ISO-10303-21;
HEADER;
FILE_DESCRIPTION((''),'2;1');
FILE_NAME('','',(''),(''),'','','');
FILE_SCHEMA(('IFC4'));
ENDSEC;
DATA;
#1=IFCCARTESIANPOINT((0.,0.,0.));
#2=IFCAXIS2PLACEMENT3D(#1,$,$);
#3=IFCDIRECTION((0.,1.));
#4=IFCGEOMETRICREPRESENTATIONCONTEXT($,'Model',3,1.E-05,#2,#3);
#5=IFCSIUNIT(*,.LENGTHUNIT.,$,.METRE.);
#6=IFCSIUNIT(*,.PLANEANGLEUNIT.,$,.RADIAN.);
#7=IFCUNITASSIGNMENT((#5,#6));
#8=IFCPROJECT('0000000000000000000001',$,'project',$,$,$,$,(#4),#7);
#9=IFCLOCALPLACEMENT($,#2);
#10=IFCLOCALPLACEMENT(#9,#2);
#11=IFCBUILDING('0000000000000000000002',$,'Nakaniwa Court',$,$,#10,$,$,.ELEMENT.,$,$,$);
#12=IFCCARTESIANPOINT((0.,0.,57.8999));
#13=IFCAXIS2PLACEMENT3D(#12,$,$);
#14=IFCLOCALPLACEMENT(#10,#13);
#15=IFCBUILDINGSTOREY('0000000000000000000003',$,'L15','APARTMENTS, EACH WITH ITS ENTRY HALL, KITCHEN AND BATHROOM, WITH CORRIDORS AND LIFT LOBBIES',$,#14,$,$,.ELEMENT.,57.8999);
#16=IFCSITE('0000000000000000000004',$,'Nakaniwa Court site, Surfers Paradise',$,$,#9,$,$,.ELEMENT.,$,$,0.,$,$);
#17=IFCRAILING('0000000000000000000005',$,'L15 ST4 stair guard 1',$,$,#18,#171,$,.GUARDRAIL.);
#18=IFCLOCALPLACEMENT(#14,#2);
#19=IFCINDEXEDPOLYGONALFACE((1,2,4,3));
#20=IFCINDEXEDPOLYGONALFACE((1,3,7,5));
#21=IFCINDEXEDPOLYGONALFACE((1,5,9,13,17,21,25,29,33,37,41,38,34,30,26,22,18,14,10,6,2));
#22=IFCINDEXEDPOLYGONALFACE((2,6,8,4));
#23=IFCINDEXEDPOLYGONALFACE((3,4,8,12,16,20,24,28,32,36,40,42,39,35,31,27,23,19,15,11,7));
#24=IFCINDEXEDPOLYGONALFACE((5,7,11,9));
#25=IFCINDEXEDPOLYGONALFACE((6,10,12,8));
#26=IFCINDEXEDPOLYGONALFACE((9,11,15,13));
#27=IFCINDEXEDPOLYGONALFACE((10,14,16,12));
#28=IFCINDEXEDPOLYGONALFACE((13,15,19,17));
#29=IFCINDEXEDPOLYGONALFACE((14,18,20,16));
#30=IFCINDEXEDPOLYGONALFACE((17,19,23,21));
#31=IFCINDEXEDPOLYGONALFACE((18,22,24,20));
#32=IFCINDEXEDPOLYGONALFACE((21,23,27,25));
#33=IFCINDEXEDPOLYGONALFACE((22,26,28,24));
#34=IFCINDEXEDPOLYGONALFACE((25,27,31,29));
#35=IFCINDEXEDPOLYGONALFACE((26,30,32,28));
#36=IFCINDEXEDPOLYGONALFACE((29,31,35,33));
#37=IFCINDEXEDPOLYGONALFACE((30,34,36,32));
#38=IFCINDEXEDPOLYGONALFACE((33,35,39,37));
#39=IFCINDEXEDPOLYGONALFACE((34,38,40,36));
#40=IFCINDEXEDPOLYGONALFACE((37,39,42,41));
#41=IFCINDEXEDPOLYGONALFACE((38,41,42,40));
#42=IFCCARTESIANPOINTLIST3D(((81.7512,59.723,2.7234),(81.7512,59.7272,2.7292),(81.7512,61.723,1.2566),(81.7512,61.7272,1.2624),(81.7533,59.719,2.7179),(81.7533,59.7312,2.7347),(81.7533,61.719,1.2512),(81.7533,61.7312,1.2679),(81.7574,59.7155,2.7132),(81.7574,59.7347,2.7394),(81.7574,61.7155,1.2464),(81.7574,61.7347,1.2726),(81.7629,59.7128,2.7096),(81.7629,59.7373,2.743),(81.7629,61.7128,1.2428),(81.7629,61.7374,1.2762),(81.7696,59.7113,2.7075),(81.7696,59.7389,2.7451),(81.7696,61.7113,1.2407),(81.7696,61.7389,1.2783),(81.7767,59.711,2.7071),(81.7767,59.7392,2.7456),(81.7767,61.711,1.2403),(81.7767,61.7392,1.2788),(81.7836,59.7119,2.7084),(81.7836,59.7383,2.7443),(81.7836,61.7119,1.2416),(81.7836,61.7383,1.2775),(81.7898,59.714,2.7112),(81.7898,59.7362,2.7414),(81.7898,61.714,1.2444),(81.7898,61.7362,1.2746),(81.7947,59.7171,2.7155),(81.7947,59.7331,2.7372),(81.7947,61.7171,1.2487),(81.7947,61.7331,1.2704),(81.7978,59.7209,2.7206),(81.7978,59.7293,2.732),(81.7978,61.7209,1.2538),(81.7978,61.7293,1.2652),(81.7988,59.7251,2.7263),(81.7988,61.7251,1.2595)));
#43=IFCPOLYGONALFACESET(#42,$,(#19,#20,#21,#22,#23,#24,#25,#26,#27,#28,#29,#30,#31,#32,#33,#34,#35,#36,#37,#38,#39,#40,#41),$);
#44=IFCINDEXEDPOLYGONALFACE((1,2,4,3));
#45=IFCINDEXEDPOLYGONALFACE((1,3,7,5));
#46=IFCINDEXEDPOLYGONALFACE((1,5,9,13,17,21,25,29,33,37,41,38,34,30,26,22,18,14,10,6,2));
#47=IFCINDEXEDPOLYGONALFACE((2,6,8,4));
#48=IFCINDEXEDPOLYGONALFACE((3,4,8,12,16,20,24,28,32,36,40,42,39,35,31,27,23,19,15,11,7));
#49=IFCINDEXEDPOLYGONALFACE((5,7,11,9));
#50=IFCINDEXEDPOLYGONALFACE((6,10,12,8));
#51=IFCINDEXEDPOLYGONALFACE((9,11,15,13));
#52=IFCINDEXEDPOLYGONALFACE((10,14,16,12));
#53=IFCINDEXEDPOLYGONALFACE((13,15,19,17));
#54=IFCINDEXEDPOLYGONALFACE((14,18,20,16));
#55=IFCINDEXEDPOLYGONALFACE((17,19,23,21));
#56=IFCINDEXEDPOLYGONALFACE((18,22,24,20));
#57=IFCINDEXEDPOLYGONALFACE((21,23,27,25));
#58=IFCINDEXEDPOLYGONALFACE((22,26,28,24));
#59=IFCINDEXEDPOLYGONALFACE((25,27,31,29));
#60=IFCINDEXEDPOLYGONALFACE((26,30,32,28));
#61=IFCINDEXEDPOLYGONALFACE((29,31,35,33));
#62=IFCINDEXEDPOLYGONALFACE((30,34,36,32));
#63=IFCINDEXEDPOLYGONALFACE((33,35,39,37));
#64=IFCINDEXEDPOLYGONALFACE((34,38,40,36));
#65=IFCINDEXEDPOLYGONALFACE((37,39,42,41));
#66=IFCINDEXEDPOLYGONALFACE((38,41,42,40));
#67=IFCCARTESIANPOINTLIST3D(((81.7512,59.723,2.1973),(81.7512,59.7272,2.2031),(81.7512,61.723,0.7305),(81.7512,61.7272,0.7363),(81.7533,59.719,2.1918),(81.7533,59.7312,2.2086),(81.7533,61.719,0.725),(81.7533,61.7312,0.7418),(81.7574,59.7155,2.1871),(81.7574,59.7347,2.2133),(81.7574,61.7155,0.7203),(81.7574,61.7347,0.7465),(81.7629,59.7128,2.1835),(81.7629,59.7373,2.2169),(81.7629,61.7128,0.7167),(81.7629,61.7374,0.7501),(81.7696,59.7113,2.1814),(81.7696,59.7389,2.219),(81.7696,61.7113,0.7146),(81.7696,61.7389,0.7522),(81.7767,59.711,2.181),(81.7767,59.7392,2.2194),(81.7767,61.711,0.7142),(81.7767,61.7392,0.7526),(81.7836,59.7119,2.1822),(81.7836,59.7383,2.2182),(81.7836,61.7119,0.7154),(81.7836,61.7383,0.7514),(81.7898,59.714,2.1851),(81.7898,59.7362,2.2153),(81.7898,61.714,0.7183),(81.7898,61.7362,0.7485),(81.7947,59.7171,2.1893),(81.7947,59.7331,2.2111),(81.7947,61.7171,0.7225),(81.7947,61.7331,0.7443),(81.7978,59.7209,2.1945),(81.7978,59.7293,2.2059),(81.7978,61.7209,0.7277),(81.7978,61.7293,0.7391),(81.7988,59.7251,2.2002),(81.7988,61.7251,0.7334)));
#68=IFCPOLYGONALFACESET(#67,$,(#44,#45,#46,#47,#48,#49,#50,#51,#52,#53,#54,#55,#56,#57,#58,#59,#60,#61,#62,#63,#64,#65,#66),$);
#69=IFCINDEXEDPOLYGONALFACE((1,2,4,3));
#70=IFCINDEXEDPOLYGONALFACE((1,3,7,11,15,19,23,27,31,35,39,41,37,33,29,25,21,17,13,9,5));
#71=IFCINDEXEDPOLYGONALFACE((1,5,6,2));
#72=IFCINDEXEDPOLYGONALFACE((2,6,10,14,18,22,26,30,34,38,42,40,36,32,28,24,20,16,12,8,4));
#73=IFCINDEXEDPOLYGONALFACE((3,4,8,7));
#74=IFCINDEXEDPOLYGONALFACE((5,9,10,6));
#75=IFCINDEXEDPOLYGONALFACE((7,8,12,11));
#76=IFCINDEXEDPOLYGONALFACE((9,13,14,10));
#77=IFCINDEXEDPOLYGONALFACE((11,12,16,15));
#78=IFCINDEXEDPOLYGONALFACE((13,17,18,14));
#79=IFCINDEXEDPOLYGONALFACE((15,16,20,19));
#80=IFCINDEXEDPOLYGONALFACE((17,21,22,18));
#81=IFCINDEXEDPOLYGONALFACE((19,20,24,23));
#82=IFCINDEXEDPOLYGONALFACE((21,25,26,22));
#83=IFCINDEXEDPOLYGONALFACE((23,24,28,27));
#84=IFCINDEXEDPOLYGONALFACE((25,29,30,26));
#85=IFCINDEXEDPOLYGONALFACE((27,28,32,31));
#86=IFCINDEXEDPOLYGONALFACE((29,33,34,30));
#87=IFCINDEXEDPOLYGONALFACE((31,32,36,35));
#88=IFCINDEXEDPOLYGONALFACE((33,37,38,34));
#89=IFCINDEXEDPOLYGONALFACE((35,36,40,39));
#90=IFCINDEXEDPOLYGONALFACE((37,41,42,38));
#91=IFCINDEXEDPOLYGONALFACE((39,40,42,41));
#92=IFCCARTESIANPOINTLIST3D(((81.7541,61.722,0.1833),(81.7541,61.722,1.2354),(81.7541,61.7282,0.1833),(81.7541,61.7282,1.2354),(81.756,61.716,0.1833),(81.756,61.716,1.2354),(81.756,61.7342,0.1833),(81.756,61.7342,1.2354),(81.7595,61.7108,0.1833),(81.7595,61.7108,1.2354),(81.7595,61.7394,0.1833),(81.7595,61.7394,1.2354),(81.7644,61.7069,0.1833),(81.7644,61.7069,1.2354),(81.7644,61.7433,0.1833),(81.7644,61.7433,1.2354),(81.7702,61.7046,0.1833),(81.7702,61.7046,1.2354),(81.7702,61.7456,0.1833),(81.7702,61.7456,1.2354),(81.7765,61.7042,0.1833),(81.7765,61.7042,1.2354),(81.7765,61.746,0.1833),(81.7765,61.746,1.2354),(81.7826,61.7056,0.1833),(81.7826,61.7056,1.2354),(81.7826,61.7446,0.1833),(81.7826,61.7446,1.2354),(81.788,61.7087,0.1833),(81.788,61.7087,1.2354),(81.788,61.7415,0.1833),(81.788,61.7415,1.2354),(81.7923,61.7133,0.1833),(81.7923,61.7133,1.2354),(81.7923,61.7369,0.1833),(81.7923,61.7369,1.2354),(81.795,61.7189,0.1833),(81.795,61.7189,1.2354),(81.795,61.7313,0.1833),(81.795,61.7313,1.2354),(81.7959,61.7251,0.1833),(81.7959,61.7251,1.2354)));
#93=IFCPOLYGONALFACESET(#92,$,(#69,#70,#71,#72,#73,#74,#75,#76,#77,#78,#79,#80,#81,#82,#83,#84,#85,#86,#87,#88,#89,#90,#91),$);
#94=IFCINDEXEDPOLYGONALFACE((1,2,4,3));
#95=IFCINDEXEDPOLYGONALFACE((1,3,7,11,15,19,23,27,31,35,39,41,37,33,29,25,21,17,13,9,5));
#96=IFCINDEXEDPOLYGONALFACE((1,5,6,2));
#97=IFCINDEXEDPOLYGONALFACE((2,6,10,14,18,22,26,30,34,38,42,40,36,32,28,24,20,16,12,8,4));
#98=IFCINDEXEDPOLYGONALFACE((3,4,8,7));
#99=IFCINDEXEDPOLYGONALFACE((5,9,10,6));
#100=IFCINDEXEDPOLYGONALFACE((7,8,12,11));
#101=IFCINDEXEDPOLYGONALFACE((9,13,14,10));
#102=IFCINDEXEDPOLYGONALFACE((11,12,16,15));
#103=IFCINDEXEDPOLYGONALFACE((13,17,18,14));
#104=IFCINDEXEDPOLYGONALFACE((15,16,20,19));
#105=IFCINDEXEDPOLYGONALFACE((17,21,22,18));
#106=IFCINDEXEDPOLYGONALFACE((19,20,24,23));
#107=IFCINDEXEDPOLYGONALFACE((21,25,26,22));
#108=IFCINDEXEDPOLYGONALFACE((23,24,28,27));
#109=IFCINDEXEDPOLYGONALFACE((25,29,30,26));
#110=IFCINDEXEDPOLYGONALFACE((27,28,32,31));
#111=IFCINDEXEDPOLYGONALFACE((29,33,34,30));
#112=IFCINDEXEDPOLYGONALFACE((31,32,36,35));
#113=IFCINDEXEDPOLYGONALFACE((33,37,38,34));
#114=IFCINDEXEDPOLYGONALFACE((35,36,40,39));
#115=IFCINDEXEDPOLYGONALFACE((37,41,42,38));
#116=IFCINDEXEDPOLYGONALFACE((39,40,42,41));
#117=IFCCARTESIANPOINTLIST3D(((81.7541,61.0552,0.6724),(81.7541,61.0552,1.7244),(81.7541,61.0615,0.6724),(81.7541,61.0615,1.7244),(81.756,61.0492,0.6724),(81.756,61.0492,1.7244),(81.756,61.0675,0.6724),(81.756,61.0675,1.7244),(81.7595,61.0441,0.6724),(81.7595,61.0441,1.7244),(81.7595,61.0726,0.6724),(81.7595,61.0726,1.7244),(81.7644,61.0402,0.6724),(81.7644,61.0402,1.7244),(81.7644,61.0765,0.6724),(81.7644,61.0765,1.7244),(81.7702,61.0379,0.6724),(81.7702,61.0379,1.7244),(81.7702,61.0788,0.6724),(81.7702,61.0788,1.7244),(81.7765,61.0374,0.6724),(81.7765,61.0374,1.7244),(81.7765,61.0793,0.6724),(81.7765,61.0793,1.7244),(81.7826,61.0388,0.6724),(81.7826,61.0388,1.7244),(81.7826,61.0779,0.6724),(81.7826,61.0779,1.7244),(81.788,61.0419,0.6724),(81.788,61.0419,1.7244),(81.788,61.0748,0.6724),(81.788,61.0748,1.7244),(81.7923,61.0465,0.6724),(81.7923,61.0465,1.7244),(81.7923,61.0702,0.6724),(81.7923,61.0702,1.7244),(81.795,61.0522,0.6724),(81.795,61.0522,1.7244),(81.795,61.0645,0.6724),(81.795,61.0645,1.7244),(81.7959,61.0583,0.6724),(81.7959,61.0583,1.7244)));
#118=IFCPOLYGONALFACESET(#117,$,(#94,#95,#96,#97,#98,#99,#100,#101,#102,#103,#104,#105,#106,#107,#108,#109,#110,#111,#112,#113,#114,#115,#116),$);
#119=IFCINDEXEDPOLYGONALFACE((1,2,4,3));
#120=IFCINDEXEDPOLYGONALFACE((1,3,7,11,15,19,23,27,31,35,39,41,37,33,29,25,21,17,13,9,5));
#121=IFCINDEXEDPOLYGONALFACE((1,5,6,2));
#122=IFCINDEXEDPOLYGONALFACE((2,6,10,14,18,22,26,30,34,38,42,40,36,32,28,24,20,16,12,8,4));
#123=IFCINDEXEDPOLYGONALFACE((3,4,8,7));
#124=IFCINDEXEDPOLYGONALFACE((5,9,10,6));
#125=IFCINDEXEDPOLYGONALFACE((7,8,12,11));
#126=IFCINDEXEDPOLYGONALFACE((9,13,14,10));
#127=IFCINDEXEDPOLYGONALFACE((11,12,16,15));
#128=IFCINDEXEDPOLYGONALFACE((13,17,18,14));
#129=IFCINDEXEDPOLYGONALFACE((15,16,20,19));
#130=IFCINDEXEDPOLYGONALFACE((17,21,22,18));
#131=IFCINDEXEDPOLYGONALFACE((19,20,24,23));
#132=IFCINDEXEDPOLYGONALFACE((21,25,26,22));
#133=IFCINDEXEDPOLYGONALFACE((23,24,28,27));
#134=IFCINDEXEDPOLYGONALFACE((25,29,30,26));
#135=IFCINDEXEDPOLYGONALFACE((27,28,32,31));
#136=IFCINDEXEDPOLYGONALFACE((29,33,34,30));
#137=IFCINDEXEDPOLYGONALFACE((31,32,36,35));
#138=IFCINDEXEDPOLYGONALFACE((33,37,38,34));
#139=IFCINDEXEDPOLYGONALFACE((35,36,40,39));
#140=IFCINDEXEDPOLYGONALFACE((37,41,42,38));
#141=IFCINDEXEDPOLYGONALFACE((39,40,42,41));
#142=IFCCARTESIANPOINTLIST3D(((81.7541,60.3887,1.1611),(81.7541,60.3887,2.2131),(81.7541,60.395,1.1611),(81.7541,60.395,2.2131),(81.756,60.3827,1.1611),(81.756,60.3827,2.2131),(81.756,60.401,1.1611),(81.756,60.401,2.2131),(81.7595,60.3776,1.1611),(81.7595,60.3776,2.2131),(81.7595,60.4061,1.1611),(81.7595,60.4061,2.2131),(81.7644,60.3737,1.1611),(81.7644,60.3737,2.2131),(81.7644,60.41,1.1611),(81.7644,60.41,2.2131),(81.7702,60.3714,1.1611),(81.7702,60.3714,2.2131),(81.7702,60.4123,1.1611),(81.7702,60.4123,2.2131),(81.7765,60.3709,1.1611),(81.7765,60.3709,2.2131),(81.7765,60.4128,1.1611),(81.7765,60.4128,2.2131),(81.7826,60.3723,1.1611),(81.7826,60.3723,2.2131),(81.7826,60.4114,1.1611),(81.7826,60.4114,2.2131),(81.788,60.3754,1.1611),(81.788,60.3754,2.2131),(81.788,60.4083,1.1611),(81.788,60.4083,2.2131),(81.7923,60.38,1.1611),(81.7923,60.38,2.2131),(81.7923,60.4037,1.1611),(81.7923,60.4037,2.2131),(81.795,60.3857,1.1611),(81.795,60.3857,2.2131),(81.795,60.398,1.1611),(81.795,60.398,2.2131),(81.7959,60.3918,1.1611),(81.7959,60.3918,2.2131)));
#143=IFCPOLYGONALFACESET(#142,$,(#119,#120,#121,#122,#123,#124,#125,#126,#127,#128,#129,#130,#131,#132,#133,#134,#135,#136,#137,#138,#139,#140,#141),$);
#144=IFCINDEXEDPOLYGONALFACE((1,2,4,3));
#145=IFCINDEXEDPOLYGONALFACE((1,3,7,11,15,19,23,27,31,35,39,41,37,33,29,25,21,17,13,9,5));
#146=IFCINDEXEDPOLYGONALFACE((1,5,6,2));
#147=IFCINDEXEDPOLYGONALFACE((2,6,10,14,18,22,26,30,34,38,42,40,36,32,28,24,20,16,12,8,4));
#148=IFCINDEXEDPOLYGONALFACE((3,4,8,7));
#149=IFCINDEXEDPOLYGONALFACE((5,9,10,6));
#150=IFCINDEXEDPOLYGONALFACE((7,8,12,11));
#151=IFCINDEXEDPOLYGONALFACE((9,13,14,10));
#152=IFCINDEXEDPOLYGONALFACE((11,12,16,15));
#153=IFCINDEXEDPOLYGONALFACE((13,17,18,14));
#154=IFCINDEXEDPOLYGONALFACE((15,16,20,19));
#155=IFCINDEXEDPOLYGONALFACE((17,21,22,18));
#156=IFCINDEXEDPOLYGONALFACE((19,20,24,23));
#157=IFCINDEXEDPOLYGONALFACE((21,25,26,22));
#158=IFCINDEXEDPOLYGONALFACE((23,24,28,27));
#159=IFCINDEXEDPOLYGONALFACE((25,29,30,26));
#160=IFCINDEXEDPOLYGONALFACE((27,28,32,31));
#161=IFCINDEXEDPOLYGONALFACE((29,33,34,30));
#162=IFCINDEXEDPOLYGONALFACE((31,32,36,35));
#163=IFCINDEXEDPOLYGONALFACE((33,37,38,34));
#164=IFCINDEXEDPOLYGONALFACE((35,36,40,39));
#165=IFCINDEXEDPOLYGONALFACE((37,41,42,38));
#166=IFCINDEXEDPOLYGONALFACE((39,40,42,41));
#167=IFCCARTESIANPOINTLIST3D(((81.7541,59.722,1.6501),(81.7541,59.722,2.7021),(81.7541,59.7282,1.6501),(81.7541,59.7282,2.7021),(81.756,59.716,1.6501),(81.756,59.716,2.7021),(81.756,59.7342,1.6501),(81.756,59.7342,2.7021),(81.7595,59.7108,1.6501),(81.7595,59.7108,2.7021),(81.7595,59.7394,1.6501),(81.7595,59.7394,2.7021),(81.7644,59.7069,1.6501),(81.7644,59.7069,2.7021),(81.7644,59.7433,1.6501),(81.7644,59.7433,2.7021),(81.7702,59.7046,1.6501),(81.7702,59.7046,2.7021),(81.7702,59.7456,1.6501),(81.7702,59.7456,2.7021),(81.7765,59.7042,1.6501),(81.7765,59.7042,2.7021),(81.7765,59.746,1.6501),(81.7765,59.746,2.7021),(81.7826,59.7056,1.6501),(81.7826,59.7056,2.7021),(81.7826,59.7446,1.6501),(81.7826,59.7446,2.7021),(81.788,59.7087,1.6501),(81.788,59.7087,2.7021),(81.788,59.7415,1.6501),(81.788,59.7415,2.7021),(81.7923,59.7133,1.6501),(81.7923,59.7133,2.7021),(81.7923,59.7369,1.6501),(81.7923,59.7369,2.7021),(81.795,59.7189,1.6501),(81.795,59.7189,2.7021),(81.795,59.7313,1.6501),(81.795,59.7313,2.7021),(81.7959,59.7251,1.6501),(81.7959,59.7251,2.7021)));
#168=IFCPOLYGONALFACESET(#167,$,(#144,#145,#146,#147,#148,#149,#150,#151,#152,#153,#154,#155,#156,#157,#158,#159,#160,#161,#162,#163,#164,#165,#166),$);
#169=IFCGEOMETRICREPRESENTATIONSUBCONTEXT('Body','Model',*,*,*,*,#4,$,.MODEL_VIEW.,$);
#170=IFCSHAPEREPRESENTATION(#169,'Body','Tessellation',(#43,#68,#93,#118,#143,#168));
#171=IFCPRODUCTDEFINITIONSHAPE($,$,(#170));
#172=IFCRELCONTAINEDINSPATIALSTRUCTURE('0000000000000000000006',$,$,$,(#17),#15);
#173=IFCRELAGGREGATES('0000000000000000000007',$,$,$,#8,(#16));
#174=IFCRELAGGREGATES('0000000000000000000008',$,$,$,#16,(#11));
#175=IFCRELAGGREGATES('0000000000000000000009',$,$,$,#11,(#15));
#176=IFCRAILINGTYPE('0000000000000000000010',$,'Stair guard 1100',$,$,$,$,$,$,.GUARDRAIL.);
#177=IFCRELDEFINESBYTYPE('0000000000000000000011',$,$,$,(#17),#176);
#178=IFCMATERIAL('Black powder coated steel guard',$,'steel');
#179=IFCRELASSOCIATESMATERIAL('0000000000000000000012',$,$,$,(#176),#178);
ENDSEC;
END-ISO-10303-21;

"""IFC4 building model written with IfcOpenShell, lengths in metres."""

from ifc_helpers import new_model, si_unit, direction, frame, origin, origin_2d, place, context, subcontext, project, spatial, circle, extrude, material, type_object, element, save


model = new_model("IFC4")

# Units and contexts
model_context = context("Model", 3, precision=1e-05, world=origin(), true_north=direction((0.0, 1.0)))
body_context = subcontext(model_context, "Body", "Model", "MODEL_VIEW")
ifc_project = project(units=[si_unit("LENGTHUNIT", "METRE"), si_unit("PLANEANGLEUNIT", "RADIAN")], contexts=[model_context])

# Site, building, storey
site_placement = place(None, origin())
site = spatial("IfcSite", under=ifc_project, at=site_placement, Name="Nakaniwa Court site, Surfers Paradise", CompositionType="ELEMENT", RefElevation=0.0)
building_placement = place(site_placement, origin())
building = spatial("IfcBuilding", under=site, at=building_placement, Name="Nakaniwa Court", CompositionType="ELEMENT")
storey_placement = place(building_placement, frame((0.0, 0.0, 57.8999)))
storey = spatial("IfcBuildingStorey", under=building, at=storey_placement, Name="L15", Description="APARTMENTS, EACH WITH ITS ENTRY HALL, KITCHEN AND BATHROOM, WITH CORRIDORS AND LIFT LOBBIES", CompositionType="ELEMENT", Elevation=57.8999)

# Railing
ifc_material_1 = material(Name="Black powder coated steel guard", Category="steel")
railing_type_1 = type_object("IfcRailingType", Name="Stair guard 1100", PredefinedType="GUARDRAIL", material=ifc_material_1)
railing_1_placement = place(storey_placement, frame((81.7749, 61.7251, 0.1833)))
element("IfcRailing", 1, at=railing_1_placement, inside=storey, type_object=railing_type_1, Name="L15 ST4 stair guard 1", PredefinedType="GUARDRAIL", context=body_context, shape_type="SweptSolid", body=[
    extrude(circle(Radius=0.0239, at=origin_2d()), frame((0.0, 0.0, 1.0762), z_axis=(0.0, -0.80638, 0.591398), x_axis=(1.0, 0.0, 0.0)), (0.0, 0.0, 1.0), 2.4802),
    extrude(circle(Radius=0.0239, at=origin_2d()), frame((0.0, 0.0, 0.55), z_axis=(0.0, -0.80638, 0.591398), x_axis=(1.0, 0.0, 0.0)), (0.0, 0.0, 1.0), 2.4802),
    extrude(circle(Radius=0.021, at=origin_2d()), origin(), (0.0, 0.0, 1.0), 1.052),
    extrude(circle(Radius=0.021, at=origin_2d()), frame((0.0, -0.6667, 0.489)), (0.0, 0.0, 1.0), 1.052),
    extrude(circle(Radius=0.021, at=origin_2d()), frame((0.0, -1.3333, 0.9778)), (0.0, 0.0, 1.0), 1.052),
    extrude(circle(Radius=0.021, at=origin_2d()), frame((0.0, -2.0, 1.4668)), (0.0, 0.0, 1.0), 1.052),
])

save(model, "model.ifc")
